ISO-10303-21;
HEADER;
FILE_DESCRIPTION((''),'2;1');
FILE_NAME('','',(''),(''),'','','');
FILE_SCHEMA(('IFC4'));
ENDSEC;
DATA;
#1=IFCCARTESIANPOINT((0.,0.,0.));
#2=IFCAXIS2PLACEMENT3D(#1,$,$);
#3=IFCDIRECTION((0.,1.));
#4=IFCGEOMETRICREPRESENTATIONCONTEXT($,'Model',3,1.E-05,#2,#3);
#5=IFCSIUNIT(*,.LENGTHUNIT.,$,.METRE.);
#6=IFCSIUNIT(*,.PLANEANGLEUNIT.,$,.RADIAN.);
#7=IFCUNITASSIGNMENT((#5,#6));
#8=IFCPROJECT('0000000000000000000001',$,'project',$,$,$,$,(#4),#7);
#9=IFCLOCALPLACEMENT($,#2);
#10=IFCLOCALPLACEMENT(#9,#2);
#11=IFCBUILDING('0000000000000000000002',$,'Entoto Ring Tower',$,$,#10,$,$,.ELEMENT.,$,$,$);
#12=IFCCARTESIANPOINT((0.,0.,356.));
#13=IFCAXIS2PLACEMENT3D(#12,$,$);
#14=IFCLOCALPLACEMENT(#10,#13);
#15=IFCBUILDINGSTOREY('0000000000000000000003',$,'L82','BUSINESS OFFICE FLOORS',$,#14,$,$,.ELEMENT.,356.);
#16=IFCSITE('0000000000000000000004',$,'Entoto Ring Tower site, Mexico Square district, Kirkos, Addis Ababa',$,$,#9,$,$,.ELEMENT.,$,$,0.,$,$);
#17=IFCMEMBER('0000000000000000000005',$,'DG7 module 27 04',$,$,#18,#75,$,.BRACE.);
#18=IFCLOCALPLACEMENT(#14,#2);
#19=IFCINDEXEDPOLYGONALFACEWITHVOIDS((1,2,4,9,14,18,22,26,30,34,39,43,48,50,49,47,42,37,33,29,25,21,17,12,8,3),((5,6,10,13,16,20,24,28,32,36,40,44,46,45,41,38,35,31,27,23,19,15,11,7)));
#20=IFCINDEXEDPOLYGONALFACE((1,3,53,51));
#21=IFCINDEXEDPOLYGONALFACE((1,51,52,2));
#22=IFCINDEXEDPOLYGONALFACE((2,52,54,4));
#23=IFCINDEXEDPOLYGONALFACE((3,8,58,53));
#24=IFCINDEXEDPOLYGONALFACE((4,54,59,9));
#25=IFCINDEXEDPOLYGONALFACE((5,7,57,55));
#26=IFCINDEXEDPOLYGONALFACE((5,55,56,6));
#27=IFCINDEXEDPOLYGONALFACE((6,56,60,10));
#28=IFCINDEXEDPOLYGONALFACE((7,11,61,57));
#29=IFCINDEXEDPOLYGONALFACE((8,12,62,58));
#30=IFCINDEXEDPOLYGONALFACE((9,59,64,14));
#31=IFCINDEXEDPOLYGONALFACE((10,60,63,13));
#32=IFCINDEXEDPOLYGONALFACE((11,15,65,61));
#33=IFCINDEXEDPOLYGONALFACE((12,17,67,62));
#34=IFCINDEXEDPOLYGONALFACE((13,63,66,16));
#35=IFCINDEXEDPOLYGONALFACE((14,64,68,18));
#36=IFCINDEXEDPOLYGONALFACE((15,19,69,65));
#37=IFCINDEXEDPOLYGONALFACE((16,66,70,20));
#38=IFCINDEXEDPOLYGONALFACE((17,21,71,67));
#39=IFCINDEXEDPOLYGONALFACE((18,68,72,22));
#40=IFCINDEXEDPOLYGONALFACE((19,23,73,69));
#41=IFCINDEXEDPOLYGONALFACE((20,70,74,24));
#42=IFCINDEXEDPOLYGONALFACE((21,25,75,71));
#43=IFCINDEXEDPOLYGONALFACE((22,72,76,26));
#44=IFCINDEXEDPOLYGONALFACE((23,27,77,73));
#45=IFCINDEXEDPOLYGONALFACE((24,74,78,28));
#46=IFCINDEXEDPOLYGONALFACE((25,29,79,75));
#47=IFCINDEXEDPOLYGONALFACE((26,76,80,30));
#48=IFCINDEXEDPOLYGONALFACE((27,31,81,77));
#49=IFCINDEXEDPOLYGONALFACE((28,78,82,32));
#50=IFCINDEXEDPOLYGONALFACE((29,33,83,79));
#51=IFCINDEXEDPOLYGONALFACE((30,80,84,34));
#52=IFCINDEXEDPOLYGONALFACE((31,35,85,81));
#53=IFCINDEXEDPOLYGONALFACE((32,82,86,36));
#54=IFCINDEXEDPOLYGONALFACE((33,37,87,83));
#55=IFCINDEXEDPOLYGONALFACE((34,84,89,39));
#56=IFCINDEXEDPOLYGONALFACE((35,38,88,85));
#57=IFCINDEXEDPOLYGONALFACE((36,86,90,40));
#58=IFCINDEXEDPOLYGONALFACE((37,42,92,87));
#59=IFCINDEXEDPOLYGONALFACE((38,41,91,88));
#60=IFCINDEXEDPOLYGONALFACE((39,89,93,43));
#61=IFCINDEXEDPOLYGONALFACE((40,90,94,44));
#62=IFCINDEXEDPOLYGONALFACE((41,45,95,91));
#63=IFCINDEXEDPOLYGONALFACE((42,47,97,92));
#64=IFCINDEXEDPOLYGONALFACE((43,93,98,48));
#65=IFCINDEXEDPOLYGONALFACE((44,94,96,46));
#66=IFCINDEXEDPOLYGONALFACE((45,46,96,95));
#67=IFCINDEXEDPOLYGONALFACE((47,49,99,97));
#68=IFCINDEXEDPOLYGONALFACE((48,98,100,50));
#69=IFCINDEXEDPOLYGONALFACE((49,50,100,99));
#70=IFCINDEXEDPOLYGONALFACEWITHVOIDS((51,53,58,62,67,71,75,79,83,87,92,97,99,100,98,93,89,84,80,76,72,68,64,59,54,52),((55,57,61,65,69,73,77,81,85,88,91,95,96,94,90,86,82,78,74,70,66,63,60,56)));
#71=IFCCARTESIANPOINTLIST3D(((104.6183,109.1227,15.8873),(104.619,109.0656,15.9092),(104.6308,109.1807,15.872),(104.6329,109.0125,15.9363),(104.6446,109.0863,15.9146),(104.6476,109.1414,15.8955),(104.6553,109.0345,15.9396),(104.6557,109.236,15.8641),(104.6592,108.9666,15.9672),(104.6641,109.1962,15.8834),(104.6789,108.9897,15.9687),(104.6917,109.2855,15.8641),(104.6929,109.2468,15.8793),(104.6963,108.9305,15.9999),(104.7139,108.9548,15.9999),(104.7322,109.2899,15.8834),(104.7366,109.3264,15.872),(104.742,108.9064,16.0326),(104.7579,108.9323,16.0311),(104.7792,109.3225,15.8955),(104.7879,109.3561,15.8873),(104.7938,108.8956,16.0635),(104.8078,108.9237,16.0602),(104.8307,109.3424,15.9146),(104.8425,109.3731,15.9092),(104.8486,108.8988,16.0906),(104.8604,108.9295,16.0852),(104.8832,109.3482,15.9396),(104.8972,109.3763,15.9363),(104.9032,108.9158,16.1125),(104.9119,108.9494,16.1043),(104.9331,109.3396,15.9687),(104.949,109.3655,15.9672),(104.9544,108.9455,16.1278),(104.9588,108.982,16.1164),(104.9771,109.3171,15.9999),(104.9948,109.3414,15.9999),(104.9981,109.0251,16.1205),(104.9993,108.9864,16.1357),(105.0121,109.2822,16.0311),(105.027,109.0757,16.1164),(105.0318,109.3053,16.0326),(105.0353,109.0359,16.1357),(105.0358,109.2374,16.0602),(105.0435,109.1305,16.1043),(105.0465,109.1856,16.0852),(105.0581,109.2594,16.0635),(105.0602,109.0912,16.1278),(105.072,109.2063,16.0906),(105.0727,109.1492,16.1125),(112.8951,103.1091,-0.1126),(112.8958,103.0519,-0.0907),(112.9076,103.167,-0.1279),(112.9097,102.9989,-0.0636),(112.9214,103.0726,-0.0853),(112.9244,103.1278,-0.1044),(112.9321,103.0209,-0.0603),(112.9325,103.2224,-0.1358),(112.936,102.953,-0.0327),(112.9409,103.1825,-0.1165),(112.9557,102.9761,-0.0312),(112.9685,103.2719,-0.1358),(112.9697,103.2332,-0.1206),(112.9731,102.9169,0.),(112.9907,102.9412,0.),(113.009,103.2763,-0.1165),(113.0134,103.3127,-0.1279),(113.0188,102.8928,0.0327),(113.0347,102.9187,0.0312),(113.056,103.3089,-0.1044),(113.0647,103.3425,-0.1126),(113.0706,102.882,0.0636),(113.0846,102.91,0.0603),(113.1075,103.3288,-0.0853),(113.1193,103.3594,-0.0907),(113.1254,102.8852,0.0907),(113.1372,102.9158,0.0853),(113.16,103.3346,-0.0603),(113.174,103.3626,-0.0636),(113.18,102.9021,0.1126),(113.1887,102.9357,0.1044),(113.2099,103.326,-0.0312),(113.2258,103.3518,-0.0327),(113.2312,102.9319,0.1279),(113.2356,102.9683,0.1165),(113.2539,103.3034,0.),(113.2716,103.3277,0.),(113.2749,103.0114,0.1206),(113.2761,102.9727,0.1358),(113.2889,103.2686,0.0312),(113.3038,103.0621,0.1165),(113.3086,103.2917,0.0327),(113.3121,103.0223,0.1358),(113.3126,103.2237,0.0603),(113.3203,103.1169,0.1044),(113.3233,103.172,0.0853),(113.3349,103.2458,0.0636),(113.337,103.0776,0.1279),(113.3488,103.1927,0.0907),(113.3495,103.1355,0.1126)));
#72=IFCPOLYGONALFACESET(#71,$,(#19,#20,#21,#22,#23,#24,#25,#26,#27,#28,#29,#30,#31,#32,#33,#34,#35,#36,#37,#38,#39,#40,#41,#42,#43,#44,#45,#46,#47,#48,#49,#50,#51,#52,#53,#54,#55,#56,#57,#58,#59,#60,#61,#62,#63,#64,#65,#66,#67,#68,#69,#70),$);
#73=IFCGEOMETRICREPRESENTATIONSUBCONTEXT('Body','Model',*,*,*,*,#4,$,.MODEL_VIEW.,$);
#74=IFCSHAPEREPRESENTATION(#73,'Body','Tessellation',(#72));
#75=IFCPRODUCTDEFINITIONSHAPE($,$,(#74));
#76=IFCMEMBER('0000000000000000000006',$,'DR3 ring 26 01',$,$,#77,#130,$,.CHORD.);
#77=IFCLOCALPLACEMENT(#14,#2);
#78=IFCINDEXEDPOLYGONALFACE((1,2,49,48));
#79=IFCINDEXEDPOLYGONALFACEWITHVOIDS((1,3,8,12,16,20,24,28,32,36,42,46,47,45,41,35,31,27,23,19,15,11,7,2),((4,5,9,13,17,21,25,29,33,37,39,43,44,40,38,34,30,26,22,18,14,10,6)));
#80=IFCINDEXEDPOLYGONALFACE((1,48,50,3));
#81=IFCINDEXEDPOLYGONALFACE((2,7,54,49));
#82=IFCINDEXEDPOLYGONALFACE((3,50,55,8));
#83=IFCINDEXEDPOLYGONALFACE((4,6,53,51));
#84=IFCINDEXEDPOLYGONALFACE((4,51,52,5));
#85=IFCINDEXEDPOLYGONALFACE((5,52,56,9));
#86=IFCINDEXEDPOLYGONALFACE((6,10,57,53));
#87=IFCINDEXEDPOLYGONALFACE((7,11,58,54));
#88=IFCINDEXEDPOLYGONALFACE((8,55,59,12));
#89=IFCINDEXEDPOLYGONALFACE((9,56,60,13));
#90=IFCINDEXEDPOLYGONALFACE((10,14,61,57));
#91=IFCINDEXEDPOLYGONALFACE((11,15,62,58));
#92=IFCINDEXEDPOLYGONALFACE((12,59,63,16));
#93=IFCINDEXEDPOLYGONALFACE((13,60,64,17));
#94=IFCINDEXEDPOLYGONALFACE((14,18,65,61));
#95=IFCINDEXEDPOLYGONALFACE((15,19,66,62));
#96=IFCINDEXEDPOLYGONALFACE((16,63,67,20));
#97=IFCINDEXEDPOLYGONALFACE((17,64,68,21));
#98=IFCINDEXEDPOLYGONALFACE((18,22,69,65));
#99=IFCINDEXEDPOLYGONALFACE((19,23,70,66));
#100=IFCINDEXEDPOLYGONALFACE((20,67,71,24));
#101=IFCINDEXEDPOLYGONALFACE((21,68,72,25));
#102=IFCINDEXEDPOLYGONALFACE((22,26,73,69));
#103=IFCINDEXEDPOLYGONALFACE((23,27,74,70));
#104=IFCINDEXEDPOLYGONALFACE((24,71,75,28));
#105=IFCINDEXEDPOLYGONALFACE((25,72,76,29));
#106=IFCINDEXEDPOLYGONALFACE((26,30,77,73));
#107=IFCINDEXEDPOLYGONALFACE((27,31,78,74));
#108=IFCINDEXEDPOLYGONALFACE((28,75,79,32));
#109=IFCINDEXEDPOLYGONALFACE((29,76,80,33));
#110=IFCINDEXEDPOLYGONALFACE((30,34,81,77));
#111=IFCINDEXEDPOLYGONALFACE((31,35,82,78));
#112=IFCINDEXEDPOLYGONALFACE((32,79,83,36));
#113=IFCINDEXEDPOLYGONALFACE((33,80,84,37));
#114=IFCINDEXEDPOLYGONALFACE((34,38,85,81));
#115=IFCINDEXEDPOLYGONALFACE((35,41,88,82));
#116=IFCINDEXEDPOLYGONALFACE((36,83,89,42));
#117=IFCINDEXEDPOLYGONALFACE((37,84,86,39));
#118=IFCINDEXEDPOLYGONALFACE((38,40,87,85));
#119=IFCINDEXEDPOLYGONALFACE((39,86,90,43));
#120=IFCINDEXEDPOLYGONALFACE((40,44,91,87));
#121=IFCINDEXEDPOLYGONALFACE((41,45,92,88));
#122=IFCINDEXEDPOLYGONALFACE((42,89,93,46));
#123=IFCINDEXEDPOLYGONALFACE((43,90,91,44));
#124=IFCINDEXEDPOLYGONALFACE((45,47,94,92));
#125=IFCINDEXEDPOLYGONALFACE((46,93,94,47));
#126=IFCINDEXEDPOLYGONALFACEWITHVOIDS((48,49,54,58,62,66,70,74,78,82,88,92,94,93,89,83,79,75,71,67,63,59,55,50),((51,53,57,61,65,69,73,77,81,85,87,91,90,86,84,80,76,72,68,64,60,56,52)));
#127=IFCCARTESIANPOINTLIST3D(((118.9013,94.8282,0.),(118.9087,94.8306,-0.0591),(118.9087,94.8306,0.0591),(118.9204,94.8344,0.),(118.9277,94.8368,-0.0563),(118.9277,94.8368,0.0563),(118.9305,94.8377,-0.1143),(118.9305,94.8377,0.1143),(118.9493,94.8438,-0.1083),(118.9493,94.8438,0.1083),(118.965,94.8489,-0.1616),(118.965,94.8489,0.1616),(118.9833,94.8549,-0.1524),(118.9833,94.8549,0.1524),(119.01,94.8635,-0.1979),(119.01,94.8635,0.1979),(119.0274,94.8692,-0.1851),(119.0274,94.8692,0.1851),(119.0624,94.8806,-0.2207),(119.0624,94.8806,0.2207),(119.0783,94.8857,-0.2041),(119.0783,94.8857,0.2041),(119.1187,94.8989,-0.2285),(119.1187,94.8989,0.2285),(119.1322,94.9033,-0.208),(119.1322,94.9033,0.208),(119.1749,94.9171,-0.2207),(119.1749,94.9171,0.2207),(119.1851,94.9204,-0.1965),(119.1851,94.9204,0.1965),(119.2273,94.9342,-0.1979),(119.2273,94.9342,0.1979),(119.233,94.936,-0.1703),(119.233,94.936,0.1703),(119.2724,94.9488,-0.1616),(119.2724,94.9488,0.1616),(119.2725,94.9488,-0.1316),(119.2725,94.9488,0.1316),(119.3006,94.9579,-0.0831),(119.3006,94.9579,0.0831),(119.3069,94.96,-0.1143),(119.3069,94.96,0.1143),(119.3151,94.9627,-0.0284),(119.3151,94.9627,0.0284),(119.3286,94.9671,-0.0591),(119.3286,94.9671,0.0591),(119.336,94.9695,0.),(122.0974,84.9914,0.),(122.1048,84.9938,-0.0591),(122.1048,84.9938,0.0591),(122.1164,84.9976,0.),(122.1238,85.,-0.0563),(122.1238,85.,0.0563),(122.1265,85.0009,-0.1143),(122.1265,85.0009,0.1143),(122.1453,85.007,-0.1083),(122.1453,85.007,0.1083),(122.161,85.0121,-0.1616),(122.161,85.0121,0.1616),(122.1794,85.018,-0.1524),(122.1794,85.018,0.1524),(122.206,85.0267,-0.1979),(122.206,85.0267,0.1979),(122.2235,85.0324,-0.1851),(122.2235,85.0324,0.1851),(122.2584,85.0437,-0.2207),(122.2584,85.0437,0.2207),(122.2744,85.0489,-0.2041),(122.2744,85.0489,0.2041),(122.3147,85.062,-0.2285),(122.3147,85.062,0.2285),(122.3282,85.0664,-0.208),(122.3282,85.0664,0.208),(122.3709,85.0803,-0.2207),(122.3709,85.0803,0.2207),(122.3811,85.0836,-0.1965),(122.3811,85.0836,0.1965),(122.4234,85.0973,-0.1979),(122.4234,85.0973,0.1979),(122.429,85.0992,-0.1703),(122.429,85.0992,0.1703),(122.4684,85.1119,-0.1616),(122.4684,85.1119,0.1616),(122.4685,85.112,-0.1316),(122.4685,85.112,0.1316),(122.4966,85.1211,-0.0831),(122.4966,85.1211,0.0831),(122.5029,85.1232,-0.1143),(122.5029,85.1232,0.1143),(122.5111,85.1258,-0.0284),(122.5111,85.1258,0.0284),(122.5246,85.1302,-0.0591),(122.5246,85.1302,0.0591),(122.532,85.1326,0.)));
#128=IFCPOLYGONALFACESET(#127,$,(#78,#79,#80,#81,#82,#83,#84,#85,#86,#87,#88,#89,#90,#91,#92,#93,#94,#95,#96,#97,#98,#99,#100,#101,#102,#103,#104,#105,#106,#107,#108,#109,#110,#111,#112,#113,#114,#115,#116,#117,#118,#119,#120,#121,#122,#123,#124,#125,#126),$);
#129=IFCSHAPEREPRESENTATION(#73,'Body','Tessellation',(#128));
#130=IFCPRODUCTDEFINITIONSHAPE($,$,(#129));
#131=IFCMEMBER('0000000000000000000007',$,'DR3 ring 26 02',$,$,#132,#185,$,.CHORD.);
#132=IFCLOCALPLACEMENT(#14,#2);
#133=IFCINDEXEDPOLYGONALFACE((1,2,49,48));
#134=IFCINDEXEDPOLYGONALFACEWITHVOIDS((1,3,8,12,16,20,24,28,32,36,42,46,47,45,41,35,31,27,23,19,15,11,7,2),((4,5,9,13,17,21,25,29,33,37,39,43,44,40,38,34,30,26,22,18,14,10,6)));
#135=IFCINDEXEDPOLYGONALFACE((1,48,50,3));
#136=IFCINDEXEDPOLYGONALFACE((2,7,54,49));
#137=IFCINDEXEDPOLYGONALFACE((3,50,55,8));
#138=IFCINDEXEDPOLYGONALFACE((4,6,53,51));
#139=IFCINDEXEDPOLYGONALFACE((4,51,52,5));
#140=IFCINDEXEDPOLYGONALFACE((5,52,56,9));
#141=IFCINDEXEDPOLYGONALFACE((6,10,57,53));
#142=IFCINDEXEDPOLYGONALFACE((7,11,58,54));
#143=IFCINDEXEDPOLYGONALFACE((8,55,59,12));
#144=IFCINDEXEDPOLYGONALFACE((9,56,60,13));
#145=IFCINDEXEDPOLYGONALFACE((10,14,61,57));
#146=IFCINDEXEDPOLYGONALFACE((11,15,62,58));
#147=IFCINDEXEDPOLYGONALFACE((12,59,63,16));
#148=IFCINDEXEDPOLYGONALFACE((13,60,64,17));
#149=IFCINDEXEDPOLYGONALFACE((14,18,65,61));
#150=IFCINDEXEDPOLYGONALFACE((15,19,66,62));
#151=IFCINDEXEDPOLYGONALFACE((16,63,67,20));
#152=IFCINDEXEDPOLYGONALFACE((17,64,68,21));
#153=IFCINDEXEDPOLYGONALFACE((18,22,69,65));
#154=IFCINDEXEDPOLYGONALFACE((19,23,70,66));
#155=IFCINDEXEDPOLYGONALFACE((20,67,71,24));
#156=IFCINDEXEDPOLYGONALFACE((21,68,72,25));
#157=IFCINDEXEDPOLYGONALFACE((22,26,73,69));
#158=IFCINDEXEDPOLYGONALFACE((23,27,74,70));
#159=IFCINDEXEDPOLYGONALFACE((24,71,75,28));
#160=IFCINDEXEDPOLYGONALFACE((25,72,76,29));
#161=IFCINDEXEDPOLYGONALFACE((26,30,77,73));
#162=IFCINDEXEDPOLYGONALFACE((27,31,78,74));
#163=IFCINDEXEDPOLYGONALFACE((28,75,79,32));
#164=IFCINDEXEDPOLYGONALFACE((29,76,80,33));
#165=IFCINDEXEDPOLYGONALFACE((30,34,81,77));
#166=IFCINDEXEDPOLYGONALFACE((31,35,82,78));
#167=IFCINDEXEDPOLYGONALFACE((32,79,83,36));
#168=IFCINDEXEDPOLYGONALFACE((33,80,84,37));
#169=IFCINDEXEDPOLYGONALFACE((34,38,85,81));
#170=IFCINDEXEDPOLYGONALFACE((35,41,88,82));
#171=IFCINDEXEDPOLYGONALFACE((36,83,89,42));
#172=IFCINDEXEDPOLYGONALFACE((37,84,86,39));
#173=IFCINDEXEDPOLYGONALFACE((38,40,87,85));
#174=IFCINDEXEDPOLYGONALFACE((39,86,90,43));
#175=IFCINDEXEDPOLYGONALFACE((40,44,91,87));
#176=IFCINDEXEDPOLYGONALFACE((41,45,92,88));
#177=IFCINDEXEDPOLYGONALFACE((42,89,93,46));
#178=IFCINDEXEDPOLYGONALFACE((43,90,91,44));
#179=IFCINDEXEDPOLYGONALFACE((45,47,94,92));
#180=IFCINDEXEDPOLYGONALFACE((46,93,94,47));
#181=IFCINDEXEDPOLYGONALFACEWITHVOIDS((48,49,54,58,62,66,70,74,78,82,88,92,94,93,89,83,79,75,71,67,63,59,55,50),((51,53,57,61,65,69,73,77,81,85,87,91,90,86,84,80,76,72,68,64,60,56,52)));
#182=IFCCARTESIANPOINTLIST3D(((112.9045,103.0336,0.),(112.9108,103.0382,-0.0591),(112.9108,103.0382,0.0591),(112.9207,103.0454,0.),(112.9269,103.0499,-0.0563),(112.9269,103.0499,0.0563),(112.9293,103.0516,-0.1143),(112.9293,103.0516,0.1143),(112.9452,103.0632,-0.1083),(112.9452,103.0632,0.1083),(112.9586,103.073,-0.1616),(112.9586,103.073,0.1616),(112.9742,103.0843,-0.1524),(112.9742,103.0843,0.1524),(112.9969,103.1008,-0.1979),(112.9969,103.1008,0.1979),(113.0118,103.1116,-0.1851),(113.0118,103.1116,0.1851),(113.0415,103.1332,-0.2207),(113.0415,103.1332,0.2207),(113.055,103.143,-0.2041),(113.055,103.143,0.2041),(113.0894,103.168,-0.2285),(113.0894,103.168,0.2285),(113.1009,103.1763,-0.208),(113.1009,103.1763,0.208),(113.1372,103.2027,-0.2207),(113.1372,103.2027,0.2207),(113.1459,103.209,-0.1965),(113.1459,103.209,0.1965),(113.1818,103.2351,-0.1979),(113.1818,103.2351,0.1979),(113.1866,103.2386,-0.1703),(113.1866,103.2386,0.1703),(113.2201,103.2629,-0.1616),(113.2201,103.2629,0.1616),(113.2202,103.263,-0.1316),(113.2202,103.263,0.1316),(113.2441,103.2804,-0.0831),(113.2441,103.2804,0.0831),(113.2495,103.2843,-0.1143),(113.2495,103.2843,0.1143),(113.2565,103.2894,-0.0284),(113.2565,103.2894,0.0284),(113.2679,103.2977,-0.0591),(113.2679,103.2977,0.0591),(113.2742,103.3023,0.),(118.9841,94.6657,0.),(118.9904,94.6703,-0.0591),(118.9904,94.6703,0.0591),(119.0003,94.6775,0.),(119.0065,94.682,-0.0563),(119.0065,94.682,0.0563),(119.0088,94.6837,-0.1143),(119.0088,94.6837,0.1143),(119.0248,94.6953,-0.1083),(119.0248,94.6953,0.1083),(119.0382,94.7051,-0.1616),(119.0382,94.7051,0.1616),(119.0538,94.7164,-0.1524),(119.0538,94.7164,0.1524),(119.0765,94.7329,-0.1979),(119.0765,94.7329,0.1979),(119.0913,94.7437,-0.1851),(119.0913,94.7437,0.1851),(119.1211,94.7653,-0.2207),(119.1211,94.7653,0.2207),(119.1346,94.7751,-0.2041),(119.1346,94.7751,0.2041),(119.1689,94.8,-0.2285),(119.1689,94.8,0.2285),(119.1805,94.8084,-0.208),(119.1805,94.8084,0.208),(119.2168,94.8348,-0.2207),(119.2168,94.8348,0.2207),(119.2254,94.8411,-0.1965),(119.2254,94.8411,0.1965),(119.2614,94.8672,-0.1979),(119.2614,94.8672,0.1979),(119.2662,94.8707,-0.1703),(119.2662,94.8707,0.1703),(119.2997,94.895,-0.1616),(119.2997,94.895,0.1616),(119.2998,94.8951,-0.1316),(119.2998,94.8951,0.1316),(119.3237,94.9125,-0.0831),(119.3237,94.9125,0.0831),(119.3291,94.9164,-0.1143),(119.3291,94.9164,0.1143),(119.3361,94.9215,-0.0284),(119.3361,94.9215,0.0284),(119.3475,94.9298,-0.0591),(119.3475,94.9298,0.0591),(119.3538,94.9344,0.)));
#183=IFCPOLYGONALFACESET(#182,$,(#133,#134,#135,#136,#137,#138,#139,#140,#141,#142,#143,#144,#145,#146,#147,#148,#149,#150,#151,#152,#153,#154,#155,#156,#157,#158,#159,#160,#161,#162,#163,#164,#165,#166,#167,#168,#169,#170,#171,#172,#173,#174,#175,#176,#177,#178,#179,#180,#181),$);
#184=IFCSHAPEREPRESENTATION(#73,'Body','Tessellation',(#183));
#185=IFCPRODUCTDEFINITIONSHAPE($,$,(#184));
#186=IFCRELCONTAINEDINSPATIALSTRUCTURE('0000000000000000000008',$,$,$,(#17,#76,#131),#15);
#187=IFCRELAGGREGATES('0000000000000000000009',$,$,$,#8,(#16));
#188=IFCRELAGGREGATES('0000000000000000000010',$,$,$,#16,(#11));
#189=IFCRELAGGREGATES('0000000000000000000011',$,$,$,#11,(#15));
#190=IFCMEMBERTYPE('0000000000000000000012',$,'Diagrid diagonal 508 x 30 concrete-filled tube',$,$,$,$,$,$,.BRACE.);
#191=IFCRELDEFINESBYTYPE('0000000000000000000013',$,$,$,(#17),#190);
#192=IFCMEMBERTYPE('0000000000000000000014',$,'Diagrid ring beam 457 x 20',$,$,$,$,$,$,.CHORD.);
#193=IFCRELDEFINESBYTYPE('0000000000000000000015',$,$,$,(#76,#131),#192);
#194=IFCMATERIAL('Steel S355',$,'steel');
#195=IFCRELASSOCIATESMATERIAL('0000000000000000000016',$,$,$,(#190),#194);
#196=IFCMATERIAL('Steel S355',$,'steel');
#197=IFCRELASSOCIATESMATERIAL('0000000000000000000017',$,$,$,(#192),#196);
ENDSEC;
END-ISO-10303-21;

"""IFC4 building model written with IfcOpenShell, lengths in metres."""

from ifc_helpers import new_model, si_unit, direction, frame, origin, origin_2d, place, context, subcontext, project, spatial, circle, hollow_circle, extrude, material, material_profile, profile_set, type_object, element, save


model = new_model("IFC4")

# Units and contexts
model_context = context("Model", 3, precision=1e-05, world=origin(), true_north=direction((0.0, 1.0)))
body_context = subcontext(model_context, "Body", "Model", "MODEL_VIEW")
ifc_project = project(units=[si_unit("LENGTHUNIT", "METRE"), si_unit("PLANEANGLEUNIT", "RADIAN")], contexts=[model_context])

# Site, building, storey
site_placement = place(None, origin())
site = spatial("IfcSite", under=ifc_project, at=site_placement, Name="Entoto Ring Tower site, Mexico Square district, Kirkos, Addis Ababa", CompositionType="ELEMENT", RefElevation=0.0)
building_placement = place(site_placement, origin())
building = spatial("IfcBuilding", under=site, at=building_placement, Name="Entoto Ring Tower", CompositionType="ELEMENT")
storey_placement = place(building_placement, frame((0.0, 0.0, 356.0)))
storey = spatial("IfcBuildingStorey", under=building, at=storey_placement, Name="L82", Description="BUSINESS OFFICE FLOORS", CompositionType="ELEMENT", Elevation=356.0)

# Members
ifc_material_1 = material(Name="Steel S355", Category="steel")
ifc_material_profile_1 = material_profile(ifc_material_1, hollow_circle(Radius=0.2539, WallThickness=0.03, at=origin_2d()), Name="CHS 508 x 30")
ifc_material_2 = material(Name="Concrete C60/75", Category="concrete")
ifc_material_profile_2 = material_profile(ifc_material_2, circle(Radius=0.2241, at=origin_2d()), Name="Concrete C60/75 infill")
ifc_profile_set_1 = profile_set([ifc_material_profile_1, ifc_material_profile_2], Name="Steel S355")
member_type_1 = type_object("IfcMemberType", Name="Diagrid diagonal 508 x 30 concrete-filled tube", PredefinedType="BRACE", material=ifc_profile_set_1)
for number, where, z_axis, x_axis, name in (
    (1, (113.1223, 103.1223, 0.0), (-0.435823, 0.316654, 0.84249), (-0.587797, -0.809008, 0.0), "DG7 module 27 04"),
):
    element("IfcMember", number, at=place(storey_placement, frame(where, z_axis=z_axis, x_axis=x_axis)), inside=storey, type_object=member_type_1, Name=name, PredefinedType="BRACE", context=body_context, shape_type="SweptSolid", body=[
        extrude(hollow_circle(Radius=0.2539, WallThickness=0.03, at=origin_2d()), origin(), (0.0, 0.0, 1.0), 18.9912),
    ])
ifc_material_3 = material(Name="Steel S355", Category="steel")
ifc_material_profile_3 = material_profile(ifc_material_3, hollow_circle(Radius=0.2285, WallThickness=0.02, at=origin_2d()), Name="CHS 457 x 20")
ifc_material_4 = material(Name="Concrete C60/75", Category="concrete")
ifc_material_profile_4 = material_profile(ifc_material_4, circle(Radius=0.2085, at=origin_2d()), Name="Concrete C60/75 infill")
ifc_profile_set_2 = profile_set([ifc_material_profile_3, ifc_material_profile_4], Name="Steel S355")
member_type_2 = type_object("IfcMemberType", Name="Diagrid ring beam 457 x 20", PredefinedType="CHORD", material=ifc_profile_set_2)
member_1_placement = place(storey_placement, frame((122.3147, 85.062, 0.0), z_axis=(-0.309003, 0.951061, 0.0), x_axis=(-0.951061, -0.309003, 0.0)))
element("IfcMember", 2, at=member_1_placement, inside=storey, type_object=member_type_2, Name="DR3 ring 26 01", PredefinedType="CHORD", context=body_context, shape_type="SweptSolid", body=[
    extrude(hollow_circle(Radius=0.2285, WallThickness=0.02, at=origin_2d()), origin(), (0.0, 0.0, 1.0), 10.343),
])
for number, where, z_axis, x_axis, name in (
    (3, (119.1689, 94.8, 0.0), (-0.587781, 0.80902, 0.0), (-0.80902, -0.587781, 0.0), "DR3 ring 26 02"),
):
    element("IfcMember", number, at=place(storey_placement, frame(where, z_axis=z_axis, x_axis=x_axis)), inside=storey, type_object=member_type_2, Name=name, PredefinedType="CHORD", context=body_context, shape_type="SweptSolid", body=[
        extrude(hollow_circle(Radius=0.2285, WallThickness=0.02, at=origin_2d()), origin(), (0.0, 0.0, 1.0), 10.3433),
    ])

save(model, "model.ifc")
